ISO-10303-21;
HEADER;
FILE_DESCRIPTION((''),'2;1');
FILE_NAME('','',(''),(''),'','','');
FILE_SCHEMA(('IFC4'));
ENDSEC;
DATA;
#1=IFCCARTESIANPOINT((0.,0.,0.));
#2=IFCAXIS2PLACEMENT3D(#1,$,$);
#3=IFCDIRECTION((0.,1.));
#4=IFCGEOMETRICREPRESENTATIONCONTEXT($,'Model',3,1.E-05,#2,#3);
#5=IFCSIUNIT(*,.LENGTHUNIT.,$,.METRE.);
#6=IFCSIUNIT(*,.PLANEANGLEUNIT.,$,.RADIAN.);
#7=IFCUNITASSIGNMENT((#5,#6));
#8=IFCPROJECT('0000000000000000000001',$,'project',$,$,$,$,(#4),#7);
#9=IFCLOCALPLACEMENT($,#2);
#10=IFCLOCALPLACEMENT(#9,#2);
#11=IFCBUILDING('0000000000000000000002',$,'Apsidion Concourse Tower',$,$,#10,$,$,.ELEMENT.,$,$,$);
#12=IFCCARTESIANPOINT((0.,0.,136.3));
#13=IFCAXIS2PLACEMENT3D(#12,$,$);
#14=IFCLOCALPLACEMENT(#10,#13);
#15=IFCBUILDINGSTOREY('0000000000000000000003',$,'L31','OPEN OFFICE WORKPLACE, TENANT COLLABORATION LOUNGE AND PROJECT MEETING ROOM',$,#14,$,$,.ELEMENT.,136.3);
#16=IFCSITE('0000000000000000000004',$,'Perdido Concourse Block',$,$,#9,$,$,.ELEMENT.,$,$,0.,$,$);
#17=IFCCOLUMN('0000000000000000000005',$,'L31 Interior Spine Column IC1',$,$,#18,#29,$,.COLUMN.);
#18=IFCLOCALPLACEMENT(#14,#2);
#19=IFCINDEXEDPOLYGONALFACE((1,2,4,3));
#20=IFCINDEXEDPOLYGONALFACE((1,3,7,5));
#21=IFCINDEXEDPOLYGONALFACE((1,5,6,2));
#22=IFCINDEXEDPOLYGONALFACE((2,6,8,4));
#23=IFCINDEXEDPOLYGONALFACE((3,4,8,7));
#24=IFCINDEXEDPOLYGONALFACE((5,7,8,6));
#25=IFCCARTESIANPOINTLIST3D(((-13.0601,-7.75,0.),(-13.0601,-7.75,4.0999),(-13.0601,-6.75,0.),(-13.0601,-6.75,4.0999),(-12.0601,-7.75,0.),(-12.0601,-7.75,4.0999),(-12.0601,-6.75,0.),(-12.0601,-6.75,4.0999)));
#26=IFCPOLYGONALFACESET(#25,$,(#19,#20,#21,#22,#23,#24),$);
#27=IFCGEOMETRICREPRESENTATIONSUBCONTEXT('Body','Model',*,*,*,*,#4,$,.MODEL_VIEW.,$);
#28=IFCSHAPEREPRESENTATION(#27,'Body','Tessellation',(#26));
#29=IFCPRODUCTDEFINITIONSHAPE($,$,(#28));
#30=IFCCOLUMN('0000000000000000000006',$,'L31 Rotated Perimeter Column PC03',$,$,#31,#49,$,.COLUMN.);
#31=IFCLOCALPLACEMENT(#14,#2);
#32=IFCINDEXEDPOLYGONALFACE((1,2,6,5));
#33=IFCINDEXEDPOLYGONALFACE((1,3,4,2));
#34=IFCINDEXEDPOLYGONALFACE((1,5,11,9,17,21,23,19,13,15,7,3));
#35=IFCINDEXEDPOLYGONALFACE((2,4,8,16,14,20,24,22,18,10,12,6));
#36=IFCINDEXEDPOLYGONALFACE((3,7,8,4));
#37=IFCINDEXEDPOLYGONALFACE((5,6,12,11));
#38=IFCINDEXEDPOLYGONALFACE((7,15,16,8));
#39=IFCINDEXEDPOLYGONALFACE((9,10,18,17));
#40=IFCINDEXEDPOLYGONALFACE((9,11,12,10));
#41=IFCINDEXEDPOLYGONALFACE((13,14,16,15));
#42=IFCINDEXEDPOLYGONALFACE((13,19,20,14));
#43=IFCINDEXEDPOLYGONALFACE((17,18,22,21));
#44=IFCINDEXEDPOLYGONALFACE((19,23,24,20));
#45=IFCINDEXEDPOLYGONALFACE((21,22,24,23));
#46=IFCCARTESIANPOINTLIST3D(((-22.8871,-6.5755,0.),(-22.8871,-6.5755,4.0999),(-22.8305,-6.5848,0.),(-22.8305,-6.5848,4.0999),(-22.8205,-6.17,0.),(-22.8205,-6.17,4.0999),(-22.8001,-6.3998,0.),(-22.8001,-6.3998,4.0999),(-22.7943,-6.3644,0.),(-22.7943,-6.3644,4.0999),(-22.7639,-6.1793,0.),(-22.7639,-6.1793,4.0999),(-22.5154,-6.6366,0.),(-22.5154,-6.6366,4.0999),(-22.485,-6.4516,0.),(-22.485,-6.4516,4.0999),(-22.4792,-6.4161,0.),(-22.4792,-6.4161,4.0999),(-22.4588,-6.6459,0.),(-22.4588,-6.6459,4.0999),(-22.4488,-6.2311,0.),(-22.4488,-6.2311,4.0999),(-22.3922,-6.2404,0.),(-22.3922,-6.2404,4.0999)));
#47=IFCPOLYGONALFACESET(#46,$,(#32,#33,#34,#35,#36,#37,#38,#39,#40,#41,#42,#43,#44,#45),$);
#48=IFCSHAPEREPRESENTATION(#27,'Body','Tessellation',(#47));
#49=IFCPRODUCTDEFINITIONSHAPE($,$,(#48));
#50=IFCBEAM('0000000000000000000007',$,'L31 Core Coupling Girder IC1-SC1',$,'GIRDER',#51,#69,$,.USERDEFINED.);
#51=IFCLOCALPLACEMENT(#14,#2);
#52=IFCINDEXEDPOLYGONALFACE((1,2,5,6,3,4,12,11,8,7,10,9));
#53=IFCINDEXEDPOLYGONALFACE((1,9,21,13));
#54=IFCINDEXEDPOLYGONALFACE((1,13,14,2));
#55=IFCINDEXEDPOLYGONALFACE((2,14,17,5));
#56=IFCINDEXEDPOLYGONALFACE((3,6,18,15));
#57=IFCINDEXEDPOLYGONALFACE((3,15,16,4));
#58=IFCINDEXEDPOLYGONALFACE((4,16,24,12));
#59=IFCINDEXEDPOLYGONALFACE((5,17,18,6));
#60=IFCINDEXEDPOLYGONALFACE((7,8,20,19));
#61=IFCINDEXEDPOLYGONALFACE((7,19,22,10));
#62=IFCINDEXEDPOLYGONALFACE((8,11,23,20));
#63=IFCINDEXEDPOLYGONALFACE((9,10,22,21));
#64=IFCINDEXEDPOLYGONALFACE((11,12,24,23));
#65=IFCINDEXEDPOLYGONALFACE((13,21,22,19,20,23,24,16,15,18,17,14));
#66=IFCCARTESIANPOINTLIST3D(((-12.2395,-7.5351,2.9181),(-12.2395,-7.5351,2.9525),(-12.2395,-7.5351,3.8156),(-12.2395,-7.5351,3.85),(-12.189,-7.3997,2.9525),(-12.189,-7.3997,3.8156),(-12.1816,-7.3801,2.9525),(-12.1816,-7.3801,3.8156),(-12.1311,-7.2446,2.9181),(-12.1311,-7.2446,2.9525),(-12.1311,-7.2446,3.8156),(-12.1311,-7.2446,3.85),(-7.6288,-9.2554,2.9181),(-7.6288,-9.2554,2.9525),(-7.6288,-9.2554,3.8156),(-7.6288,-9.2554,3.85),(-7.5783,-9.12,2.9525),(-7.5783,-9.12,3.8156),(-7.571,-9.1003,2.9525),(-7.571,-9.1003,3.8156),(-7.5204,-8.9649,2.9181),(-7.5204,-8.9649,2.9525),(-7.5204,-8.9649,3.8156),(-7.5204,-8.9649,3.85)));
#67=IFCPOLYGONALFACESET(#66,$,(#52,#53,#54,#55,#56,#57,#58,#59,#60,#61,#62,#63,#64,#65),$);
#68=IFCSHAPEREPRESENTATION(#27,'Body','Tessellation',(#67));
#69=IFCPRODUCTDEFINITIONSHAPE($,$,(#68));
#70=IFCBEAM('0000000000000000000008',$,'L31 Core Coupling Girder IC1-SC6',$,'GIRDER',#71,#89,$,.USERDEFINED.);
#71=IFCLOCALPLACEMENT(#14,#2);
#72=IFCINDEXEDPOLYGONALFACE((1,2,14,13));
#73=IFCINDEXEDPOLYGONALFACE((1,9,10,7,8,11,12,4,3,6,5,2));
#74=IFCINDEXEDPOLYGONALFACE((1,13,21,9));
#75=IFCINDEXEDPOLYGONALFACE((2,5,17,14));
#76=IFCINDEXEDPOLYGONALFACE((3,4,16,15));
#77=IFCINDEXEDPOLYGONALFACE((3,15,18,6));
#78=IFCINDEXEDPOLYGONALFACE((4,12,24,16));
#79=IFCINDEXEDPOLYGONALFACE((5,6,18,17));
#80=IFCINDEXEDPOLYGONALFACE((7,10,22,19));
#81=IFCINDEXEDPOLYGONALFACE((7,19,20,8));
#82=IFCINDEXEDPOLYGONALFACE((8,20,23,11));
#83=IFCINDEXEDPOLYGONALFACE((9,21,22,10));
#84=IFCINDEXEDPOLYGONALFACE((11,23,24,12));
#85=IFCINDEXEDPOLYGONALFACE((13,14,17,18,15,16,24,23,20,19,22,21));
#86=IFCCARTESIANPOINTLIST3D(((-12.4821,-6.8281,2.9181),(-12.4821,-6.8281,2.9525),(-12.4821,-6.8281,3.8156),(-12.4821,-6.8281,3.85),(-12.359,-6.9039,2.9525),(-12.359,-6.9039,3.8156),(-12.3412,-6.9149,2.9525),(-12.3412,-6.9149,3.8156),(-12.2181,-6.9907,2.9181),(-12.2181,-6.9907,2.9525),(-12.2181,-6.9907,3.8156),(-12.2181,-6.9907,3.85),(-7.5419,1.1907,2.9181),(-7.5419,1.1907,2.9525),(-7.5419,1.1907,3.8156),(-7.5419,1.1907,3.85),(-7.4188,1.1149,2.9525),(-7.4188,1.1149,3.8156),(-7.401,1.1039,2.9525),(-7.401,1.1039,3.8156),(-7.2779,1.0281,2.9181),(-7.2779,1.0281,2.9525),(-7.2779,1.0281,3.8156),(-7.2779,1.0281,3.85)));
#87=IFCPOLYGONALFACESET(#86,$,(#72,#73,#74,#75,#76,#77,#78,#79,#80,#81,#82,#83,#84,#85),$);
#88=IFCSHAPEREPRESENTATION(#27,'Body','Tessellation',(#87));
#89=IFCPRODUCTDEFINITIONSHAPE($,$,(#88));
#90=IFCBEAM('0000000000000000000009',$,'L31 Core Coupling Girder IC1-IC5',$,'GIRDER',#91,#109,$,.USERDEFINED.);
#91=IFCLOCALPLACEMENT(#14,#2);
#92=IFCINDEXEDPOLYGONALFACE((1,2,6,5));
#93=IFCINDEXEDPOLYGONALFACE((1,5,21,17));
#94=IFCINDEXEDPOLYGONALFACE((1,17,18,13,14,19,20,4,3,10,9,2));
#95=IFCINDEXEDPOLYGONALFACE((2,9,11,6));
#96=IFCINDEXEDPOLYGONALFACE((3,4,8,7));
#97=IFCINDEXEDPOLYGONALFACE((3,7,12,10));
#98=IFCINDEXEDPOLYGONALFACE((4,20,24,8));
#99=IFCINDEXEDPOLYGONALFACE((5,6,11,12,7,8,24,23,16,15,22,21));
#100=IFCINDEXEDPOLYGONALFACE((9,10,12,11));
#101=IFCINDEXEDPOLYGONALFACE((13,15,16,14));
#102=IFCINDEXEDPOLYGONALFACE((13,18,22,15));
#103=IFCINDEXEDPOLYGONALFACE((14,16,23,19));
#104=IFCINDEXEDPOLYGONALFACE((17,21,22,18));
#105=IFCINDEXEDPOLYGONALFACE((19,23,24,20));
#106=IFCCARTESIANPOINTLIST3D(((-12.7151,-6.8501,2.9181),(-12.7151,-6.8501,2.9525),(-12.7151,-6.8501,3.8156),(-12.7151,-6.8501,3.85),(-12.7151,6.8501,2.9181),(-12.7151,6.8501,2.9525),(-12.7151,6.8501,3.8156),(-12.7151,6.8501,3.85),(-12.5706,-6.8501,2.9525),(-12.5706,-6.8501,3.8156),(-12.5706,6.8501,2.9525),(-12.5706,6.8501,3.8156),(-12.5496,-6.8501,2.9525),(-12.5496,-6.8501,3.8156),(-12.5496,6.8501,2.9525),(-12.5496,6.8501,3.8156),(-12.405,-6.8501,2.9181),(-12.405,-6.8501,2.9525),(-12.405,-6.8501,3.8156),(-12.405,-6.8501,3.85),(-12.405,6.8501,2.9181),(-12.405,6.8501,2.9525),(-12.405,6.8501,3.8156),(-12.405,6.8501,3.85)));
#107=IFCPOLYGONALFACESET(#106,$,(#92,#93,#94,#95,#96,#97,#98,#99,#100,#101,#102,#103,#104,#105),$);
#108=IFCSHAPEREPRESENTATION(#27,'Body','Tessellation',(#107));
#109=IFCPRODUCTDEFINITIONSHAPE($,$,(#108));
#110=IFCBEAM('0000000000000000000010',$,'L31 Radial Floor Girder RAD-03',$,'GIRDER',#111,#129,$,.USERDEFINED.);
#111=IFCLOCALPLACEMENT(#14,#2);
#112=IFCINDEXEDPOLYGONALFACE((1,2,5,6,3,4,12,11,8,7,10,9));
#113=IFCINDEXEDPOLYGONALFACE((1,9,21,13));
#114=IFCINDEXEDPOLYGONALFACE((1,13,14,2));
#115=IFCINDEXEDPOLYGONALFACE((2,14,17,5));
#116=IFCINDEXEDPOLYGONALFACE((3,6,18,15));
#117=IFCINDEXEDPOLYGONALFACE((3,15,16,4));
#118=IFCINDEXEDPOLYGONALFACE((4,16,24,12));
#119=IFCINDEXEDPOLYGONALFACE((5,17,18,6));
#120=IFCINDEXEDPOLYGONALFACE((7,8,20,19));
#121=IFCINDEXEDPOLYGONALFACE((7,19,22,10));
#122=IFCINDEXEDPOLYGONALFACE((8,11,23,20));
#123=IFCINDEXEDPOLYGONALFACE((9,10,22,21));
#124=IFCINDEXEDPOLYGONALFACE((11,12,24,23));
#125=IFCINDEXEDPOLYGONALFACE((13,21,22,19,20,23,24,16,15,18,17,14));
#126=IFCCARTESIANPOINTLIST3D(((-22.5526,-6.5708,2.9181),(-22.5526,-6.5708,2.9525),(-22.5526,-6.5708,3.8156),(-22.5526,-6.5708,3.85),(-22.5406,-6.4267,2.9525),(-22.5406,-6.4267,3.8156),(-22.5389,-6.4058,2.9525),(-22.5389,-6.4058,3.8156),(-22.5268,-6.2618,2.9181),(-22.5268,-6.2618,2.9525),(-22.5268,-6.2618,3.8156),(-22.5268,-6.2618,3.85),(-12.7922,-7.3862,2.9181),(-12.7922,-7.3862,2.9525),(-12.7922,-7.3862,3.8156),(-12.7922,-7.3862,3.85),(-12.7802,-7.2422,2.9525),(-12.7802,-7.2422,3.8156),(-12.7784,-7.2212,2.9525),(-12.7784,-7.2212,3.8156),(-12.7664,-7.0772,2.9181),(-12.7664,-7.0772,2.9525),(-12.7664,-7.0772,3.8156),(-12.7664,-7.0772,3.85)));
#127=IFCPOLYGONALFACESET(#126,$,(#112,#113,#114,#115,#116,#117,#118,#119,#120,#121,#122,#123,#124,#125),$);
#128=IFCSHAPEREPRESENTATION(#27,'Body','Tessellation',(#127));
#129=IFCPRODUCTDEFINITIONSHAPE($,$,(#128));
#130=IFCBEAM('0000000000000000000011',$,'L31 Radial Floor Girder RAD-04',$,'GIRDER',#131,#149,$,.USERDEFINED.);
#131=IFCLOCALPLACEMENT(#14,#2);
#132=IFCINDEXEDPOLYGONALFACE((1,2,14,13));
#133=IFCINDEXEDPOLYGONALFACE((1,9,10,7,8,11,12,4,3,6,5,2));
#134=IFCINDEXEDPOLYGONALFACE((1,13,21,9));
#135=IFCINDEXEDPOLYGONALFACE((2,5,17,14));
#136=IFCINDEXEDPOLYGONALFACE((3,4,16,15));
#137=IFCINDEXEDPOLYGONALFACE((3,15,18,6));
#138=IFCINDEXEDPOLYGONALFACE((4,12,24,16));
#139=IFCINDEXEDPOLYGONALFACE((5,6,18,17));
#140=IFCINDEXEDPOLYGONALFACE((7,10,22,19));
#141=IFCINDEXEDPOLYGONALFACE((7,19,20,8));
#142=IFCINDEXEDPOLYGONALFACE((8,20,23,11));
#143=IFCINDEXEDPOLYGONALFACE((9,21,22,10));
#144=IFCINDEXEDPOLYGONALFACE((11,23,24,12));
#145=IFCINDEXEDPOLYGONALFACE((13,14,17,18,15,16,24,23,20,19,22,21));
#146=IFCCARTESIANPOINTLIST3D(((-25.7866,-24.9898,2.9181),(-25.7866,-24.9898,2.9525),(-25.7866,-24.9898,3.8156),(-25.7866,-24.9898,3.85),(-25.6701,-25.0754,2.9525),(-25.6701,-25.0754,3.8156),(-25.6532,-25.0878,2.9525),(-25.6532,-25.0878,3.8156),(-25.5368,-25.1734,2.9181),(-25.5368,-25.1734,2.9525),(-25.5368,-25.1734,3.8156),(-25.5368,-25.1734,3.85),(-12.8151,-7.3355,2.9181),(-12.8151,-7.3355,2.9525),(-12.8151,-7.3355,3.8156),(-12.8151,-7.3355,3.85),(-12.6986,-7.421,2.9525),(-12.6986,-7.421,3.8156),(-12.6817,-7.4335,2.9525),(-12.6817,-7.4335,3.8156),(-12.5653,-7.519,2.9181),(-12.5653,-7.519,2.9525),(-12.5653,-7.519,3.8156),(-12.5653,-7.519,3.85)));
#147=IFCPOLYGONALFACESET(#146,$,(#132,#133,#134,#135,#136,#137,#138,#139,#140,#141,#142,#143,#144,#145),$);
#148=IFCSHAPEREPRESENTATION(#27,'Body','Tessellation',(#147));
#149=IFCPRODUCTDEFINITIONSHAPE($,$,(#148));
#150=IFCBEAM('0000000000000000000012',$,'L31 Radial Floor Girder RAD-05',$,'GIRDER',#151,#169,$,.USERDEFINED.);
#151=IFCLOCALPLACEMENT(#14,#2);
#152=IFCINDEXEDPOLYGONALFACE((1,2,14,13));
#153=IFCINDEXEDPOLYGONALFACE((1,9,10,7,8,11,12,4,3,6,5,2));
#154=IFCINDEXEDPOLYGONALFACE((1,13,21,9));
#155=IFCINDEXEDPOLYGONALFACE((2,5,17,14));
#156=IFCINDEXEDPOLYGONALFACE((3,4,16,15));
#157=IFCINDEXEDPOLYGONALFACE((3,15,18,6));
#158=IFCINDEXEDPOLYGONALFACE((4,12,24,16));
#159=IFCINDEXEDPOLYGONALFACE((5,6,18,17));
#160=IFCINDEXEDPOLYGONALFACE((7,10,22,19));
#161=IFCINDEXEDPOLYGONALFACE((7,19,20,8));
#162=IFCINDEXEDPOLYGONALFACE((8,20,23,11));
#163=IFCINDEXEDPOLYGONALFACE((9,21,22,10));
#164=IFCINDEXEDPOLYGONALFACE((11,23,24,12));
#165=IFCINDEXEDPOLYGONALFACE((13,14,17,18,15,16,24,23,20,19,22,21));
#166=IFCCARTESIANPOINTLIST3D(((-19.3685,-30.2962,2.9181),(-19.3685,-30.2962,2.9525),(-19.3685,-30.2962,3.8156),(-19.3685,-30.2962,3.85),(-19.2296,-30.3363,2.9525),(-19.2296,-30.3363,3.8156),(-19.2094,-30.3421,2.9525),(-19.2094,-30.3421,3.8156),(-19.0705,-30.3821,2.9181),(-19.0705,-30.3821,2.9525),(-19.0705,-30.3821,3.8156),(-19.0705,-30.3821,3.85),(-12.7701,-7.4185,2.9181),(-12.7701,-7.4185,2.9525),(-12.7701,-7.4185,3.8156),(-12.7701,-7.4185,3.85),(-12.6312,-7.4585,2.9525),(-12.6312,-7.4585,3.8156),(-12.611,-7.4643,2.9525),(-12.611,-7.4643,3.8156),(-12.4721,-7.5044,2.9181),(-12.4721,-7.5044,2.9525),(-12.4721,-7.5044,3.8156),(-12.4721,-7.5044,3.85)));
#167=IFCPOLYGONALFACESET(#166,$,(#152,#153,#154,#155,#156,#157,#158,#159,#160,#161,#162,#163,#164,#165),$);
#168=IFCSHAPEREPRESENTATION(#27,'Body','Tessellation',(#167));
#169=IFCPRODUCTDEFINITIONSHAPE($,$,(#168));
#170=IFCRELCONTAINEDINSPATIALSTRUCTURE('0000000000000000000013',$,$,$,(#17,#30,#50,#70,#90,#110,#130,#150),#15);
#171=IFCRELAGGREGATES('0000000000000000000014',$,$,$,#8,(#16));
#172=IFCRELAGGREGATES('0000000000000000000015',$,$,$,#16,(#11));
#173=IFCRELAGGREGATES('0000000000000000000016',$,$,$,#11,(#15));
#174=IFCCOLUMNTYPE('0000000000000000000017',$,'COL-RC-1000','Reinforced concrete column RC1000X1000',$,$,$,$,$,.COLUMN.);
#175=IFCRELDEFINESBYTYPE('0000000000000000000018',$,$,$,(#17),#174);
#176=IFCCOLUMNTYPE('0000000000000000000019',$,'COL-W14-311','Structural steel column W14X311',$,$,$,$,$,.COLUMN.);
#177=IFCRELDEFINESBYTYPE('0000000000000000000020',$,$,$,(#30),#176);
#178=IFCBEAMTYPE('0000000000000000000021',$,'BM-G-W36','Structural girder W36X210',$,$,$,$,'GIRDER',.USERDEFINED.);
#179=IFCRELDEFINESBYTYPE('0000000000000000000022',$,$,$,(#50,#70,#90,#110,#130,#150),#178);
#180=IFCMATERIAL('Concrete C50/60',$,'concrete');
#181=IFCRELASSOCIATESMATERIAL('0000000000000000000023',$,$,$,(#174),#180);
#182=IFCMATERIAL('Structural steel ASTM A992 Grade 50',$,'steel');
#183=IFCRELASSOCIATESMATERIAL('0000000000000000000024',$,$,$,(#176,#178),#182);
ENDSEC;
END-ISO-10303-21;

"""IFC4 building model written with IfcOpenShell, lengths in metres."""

from ifc_helpers import new_model, si_unit, direction, frame, origin, origin_2d, place, context, subcontext, project, spatial, rectangle, i_section, extrude, material, material_profile, profile_set, type_object, element, save


model = new_model("IFC4")

# Units and contexts
model_context = context("Model", 3, precision=1e-05, world=origin(), true_north=direction((0.0, 1.0)))
body_context = subcontext(model_context, "Body", "Model", "MODEL_VIEW")
ifc_project = project(units=[si_unit("LENGTHUNIT", "METRE"), si_unit("PLANEANGLEUNIT", "RADIAN")], contexts=[model_context])

# Site, building, storey
site_placement = place(None, origin())
site = spatial("IfcSite", under=ifc_project, at=site_placement, Name="Perdido Concourse Block", CompositionType="ELEMENT", RefElevation=0.0)
building_placement = place(site_placement, origin())
building = spatial("IfcBuilding", under=site, at=building_placement, Name="Apsidion Concourse Tower", CompositionType="ELEMENT")
storey_placement = place(building_placement, frame((0.0, 0.0, 136.3)))
storey = spatial("IfcBuildingStorey", under=building, at=storey_placement, Name="L31", Description="OPEN OFFICE WORKPLACE, TENANT COLLABORATION LOUNGE AND PROJECT MEETING ROOM", CompositionType="ELEMENT", Elevation=136.3)

# Columns
ifc_material_1 = material(Name="Concrete C50/60", Category="concrete")
ifc_material_profile_1 = material_profile(ifc_material_1, rectangle(XDim=1.0, YDim=1.0, at=origin_2d()), Name="RC 1000x1000")
ifc_profile_set_1 = profile_set([ifc_material_profile_1], Name="Concrete C50/60")
column_type_1 = type_object("IfcColumnType", Name="COL-RC-1000", Description="Reinforced concrete column RC1000X1000", PredefinedType="COLUMN", material=ifc_profile_set_1)
column_1_placement = place(storey_placement, frame((-12.5601, -7.25, 0.0), z_axis=(0.0, 0.0, 1.0), x_axis=(1.0, 0.0, 0.0)))
element("IfcColumn", 1, at=column_1_placement, inside=storey, type_object=column_type_1, Name="L31 Interior Spine Column IC1", PredefinedType="COLUMN", context=body_context, shape_type="SweptSolid", body=[
    extrude(rectangle(XDim=1.0, YDim=1.0, at=origin_2d()), origin(), (0.0, 0.0, 1.0), 4.0999),
])
ifc_material_2 = material(Name="Structural steel ASTM A992 Grade 50", Category="steel")
ifc_material_profile_2 = material_profile(ifc_material_2, i_section(OverallWidth=0.4109, OverallDepth=0.4341, WebThickness=0.0359, FlangeThickness=0.0574, at=origin_2d()), Name="W14X311")
ifc_profile_set_2 = profile_set([ifc_material_profile_2], Name="Structural steel ASTM A992 Grade 50")
column_type_2 = type_object("IfcColumnType", Name="COL-W14-311", Description="Structural steel column W14X311", PredefinedType="COLUMN", material=ifc_profile_set_2)
column_2_placement = place(storey_placement, frame((-22.6396, -6.408, 0.0), z_axis=(0.0, 0.0, 1.0), x_axis=(0.162121, 0.986771, 0.0)))
element("IfcColumn", 2, at=column_2_placement, inside=storey, type_object=column_type_2, Name="L31 Rotated Perimeter Column PC03", PredefinedType="COLUMN", context=body_context, shape_type="SweptSolid", body=[
    extrude(i_section(OverallWidth=0.4109, OverallDepth=0.4341, WebThickness=0.0359, FlangeThickness=0.0574, at=origin_2d()), origin(), (0.0, 0.0, 1.0), 4.0999),
])

# Beams
ifc_material_profile_3 = material_profile(ifc_material_2, i_section(OverallWidth=0.3101, OverallDepth=0.9319, WebThickness=0.021, FlangeThickness=0.0344, at=origin_2d()), Name="W36X210")
ifc_profile_set_3 = profile_set([ifc_material_profile_3], Name="Structural steel ASTM A992 Grade 50")
beam_type_1 = type_object("IfcBeamType", Name="BM-G-W36", Description="Structural girder W36X210", ElementType="GIRDER", PredefinedType="USERDEFINED", material=ifc_profile_set_3)
beam_1_placement = place(storey_placement, frame((-12.1853, -7.3899, 3.384), z_axis=(0.936913, -0.349563, 0.0), x_axis=(0.349563, 0.936913, 0.0)))
element("IfcBeam", 3, at=beam_1_placement, inside=storey, type_object=beam_type_1, Name="L31 Core Coupling Girder IC1-SC1", ObjectType="GIRDER", PredefinedType="USERDEFINED", context=body_context, shape_type="SweptSolid", body=[
    extrude(i_section(OverallWidth=0.3101, OverallDepth=0.9319, WebThickness=0.021, FlangeThickness=0.0344, at=origin_2d()), origin(), (0.0, 0.0, 1.0), 4.9211),
])
beam_2_placement = place(storey_placement, frame((-12.3501, -6.9094, 3.384), z_axis=(0.524524, 0.851396, 0.0), x_axis=(-0.851396, 0.524524, 0.0)))
element("IfcBeam", 4, at=beam_2_placement, inside=storey, type_object=beam_type_1, Name="L31 Core Coupling Girder IC1-SC6", ObjectType="GIRDER", PredefinedType="USERDEFINED", context=body_context, shape_type="SweptSolid", body=[
    extrude(i_section(OverallWidth=0.3101, OverallDepth=0.9319, WebThickness=0.021, FlangeThickness=0.0344, at=origin_2d()), origin(), (0.0, 0.0, 1.0), 9.4185),
])
beam_3_placement = place(storey_placement, frame((-12.5601, -6.8501, 3.384), z_axis=(0.0, 1.0, 0.0), x_axis=(-1.0, 0.0, 0.0)))
element("IfcBeam", 5, at=beam_3_placement, inside=storey, type_object=beam_type_1, Name="L31 Core Coupling Girder IC1-IC5", ObjectType="GIRDER", PredefinedType="USERDEFINED", context=body_context, shape_type="SweptSolid", body=[
    extrude(i_section(OverallWidth=0.3101, OverallDepth=0.9319, WebThickness=0.021, FlangeThickness=0.0344, at=origin_2d()), origin(), (0.0, 0.0, 1.0), 13.7002),
])
beam_4_placement = place(storey_placement, frame((-12.7793, -7.2317, 3.384), z_axis=(-0.996528, 0.083254, 0.0), x_axis=(-0.083254, -0.996528, 0.0)))
element("IfcBeam", 6, at=beam_4_placement, inside=storey, type_object=beam_type_1, Name="L31 Radial Floor Girder RAD-03", ObjectType="GIRDER", PredefinedType="USERDEFINED", context=body_context, shape_type="SweptSolid", body=[
    extrude(i_section(OverallWidth=0.3101, OverallDepth=0.9319, WebThickness=0.021, FlangeThickness=0.0344, at=origin_2d()), origin(), (0.0, 0.0, 1.0), 9.7944),
])
beam_5_placement = place(storey_placement, frame((-12.6902, -7.4272, 3.384), z_axis=(-0.592104, -0.805862, 0.0), x_axis=(0.805862, -0.592104, 0.0)))
element("IfcBeam", 7, at=beam_5_placement, inside=storey, type_object=beam_type_1, Name="L31 Radial Floor Girder RAD-04", ObjectType="GIRDER", PredefinedType="USERDEFINED", context=body_context, shape_type="SweptSolid", body=[
    extrude(i_section(OverallWidth=0.3101, OverallDepth=0.9319, WebThickness=0.021, FlangeThickness=0.0344, at=origin_2d()), origin(), (0.0, 0.0, 1.0), 21.9075),
])
beam_6_placement = place(storey_placement, frame((-12.6211, -7.4614, 3.384), z_axis=(-0.277124, -0.960834, 0.0), x_axis=(0.960834, -0.277124, 0.0)))
element("IfcBeam", 8, at=beam_6_placement, inside=storey, type_object=beam_type_1, Name="L31 Radial Floor Girder RAD-05", ObjectType="GIRDER", PredefinedType="USERDEFINED", context=body_context, shape_type="SweptSolid", body=[
    extrude(i_section(OverallWidth=0.3101, OverallDepth=0.9319, WebThickness=0.021, FlangeThickness=0.0344, at=origin_2d()), origin(), (0.0, 0.0, 1.0), 23.8103),
])

save(model, "model.ifc")
